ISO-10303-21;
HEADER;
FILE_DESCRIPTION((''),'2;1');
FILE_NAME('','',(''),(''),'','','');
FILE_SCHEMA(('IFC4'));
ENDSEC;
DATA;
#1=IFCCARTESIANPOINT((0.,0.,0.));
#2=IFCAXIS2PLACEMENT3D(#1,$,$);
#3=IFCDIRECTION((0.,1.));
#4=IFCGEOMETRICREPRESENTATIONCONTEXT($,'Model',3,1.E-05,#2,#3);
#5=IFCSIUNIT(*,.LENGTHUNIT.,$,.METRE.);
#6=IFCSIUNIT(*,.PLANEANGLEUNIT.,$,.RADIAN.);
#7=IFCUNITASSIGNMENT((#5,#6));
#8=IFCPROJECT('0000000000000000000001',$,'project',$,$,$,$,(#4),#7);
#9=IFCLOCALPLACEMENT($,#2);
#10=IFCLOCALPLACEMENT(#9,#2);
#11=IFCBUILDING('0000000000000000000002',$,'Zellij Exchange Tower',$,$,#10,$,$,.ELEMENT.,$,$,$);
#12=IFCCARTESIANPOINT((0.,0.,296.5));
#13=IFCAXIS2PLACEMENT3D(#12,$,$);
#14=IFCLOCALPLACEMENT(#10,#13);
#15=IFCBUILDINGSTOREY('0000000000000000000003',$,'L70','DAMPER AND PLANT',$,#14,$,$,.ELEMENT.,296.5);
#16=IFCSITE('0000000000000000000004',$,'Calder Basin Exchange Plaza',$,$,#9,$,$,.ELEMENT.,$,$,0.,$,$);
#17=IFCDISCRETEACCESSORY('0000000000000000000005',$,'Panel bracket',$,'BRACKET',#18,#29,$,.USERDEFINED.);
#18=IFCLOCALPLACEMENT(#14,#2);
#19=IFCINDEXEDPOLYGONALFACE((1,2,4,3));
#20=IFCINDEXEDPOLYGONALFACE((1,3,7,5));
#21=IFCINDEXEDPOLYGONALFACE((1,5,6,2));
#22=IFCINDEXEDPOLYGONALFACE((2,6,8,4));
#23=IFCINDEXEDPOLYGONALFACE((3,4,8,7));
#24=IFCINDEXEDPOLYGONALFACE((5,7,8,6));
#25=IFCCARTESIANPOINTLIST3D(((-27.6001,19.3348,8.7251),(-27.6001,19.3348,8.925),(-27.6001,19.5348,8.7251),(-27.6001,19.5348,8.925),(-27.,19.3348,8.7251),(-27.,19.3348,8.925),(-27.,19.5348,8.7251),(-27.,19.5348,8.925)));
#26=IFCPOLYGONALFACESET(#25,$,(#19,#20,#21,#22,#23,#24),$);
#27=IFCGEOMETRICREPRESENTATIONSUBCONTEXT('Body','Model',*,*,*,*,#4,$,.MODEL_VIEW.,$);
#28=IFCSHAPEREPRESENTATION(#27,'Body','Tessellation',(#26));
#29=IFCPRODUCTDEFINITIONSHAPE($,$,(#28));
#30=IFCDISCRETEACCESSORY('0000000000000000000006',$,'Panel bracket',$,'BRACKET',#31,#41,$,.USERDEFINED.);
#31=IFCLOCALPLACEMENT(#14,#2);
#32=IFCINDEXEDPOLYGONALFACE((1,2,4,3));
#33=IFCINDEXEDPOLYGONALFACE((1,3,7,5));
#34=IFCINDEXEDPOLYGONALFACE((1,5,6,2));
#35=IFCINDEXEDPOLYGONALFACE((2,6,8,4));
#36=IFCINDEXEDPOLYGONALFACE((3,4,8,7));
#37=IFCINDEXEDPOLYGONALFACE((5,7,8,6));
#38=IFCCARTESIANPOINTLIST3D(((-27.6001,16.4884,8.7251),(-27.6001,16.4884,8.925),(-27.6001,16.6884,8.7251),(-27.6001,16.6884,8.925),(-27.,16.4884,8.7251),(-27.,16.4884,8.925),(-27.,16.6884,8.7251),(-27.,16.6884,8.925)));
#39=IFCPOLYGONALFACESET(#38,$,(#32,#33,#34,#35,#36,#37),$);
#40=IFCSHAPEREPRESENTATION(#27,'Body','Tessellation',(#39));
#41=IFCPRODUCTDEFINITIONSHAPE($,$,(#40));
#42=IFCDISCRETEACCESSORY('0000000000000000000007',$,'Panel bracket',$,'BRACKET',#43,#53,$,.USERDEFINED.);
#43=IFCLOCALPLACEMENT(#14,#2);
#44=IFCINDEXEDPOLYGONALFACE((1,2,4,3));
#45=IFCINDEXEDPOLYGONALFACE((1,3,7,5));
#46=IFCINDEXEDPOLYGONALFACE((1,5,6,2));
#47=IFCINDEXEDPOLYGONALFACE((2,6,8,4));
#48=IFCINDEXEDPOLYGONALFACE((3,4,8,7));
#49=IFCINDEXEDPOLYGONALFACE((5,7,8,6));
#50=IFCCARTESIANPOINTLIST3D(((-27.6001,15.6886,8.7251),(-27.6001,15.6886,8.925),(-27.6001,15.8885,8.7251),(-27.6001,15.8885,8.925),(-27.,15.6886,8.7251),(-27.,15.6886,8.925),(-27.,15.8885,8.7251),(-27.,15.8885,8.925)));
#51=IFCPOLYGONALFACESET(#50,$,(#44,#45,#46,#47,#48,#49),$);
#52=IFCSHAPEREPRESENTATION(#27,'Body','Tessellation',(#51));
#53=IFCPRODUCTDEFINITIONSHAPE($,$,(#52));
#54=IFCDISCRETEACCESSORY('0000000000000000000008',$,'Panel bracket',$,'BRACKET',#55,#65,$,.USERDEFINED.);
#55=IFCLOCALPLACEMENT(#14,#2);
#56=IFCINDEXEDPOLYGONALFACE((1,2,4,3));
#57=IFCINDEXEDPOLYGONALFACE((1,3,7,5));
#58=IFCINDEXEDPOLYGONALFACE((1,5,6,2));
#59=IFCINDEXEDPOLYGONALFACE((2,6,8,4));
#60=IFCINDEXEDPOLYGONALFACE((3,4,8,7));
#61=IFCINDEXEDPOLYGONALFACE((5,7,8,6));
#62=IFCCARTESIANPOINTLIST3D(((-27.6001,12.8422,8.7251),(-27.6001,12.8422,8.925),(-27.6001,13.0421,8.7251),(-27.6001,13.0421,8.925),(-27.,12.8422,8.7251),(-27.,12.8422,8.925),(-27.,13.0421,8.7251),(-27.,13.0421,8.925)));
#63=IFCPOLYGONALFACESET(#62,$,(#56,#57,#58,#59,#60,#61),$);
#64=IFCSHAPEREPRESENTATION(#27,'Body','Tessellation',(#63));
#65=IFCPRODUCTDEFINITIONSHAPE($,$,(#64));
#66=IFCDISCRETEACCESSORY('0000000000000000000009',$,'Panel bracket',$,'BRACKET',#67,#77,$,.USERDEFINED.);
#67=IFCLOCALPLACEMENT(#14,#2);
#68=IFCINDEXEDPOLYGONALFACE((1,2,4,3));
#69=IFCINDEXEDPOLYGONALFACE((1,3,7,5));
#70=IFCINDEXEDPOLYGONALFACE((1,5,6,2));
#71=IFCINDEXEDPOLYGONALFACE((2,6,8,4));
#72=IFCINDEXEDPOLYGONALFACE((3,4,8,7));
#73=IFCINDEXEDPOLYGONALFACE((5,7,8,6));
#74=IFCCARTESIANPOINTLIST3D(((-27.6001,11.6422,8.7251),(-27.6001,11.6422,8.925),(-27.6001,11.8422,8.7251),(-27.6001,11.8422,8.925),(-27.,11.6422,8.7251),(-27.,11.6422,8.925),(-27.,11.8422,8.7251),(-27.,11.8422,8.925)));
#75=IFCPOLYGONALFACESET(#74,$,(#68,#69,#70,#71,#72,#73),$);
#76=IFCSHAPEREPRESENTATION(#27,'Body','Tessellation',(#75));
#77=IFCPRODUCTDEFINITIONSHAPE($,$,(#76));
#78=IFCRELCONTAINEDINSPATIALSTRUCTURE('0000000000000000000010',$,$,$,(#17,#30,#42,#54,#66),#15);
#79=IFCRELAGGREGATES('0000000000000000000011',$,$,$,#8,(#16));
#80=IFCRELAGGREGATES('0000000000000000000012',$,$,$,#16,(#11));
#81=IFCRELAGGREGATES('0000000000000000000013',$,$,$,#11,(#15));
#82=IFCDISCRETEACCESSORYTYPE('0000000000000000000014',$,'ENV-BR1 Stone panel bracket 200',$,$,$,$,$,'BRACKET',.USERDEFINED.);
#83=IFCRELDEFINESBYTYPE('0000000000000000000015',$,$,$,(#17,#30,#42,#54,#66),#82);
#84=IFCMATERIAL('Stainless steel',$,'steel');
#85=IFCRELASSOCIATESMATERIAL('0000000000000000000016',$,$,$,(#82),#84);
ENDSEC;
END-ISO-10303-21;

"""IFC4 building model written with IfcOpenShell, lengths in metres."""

from ifc_helpers import new_model, si_unit, direction, frame, origin, origin_2d, place, context, subcontext, project, spatial, rectangle, extrude, material, type_object, element, save


model = new_model("IFC4")

# Units and contexts
model_context = context("Model", 3, precision=1e-05, world=origin(), true_north=direction((0.0, 1.0)))
body_context = subcontext(model_context, "Body", "Model", "MODEL_VIEW")
ifc_project = project(units=[si_unit("LENGTHUNIT", "METRE"), si_unit("PLANEANGLEUNIT", "RADIAN")], contexts=[model_context])

# Site, building, storey
site_placement = place(None, origin())
site = spatial("IfcSite", under=ifc_project, at=site_placement, Name="Calder Basin Exchange Plaza", CompositionType="ELEMENT", RefElevation=0.0)
building_placement = place(site_placement, origin())
building = spatial("IfcBuilding", under=site, at=building_placement, Name="Zellij Exchange Tower", CompositionType="ELEMENT")
storey_placement = place(building_placement, frame((0.0, 0.0, 296.5)))
storey = spatial("IfcBuildingStorey", under=building, at=storey_placement, Name="L70", Description="DAMPER AND PLANT", CompositionType="ELEMENT", Elevation=296.5)

# Discrete accessories
ifc_material_1 = material(Name="Stainless steel", Category="steel")
discrete_accessory_type = type_object("IfcDiscreteAccessoryType", Name="ENV-BR1 Stone panel bracket 200", ElementType="BRACKET", PredefinedType="USERDEFINED", material=ifc_material_1)
for number, where, z_axis, x_axis, name in (
    (1, (-27.3, 19.4348, 8.7251), (0.0, 0.0, 1.0), (0.0, -1.0, 0.0), "Panel bracket"),
    (2, (-27.3, 16.5884, 8.7251), (0.0, 0.0, 1.0), (0.0, -1.0, 0.0), "Panel bracket"),
    (3, (-27.3, 15.7886, 8.7251), (0.0, 0.0, 1.0), (0.0, -1.0, 0.0), "Panel bracket"),
    (4, (-27.3, 12.9421, 8.7251), (0.0, 0.0, 1.0), (0.0, -1.0, 0.0), "Panel bracket"),
    (5, (-27.3, 11.7422, 8.7251), (0.0, 0.0, 1.0), (0.0, -1.0, 0.0), "Panel bracket"),
):
    element("IfcDiscreteAccessory", number, at=place(storey_placement, frame(where, z_axis=z_axis, x_axis=x_axis)), inside=storey, type_object=discrete_accessory_type, Name=name, ObjectType="BRACKET", PredefinedType="USERDEFINED", context=body_context, shape_type="SweptSolid", body=[
        extrude(rectangle(XDim=0.2, YDim=0.6001, at=origin_2d()), origin(), (0.0, 0.0, 1.0), 0.2),
    ])

save(model, "model.ifc")
